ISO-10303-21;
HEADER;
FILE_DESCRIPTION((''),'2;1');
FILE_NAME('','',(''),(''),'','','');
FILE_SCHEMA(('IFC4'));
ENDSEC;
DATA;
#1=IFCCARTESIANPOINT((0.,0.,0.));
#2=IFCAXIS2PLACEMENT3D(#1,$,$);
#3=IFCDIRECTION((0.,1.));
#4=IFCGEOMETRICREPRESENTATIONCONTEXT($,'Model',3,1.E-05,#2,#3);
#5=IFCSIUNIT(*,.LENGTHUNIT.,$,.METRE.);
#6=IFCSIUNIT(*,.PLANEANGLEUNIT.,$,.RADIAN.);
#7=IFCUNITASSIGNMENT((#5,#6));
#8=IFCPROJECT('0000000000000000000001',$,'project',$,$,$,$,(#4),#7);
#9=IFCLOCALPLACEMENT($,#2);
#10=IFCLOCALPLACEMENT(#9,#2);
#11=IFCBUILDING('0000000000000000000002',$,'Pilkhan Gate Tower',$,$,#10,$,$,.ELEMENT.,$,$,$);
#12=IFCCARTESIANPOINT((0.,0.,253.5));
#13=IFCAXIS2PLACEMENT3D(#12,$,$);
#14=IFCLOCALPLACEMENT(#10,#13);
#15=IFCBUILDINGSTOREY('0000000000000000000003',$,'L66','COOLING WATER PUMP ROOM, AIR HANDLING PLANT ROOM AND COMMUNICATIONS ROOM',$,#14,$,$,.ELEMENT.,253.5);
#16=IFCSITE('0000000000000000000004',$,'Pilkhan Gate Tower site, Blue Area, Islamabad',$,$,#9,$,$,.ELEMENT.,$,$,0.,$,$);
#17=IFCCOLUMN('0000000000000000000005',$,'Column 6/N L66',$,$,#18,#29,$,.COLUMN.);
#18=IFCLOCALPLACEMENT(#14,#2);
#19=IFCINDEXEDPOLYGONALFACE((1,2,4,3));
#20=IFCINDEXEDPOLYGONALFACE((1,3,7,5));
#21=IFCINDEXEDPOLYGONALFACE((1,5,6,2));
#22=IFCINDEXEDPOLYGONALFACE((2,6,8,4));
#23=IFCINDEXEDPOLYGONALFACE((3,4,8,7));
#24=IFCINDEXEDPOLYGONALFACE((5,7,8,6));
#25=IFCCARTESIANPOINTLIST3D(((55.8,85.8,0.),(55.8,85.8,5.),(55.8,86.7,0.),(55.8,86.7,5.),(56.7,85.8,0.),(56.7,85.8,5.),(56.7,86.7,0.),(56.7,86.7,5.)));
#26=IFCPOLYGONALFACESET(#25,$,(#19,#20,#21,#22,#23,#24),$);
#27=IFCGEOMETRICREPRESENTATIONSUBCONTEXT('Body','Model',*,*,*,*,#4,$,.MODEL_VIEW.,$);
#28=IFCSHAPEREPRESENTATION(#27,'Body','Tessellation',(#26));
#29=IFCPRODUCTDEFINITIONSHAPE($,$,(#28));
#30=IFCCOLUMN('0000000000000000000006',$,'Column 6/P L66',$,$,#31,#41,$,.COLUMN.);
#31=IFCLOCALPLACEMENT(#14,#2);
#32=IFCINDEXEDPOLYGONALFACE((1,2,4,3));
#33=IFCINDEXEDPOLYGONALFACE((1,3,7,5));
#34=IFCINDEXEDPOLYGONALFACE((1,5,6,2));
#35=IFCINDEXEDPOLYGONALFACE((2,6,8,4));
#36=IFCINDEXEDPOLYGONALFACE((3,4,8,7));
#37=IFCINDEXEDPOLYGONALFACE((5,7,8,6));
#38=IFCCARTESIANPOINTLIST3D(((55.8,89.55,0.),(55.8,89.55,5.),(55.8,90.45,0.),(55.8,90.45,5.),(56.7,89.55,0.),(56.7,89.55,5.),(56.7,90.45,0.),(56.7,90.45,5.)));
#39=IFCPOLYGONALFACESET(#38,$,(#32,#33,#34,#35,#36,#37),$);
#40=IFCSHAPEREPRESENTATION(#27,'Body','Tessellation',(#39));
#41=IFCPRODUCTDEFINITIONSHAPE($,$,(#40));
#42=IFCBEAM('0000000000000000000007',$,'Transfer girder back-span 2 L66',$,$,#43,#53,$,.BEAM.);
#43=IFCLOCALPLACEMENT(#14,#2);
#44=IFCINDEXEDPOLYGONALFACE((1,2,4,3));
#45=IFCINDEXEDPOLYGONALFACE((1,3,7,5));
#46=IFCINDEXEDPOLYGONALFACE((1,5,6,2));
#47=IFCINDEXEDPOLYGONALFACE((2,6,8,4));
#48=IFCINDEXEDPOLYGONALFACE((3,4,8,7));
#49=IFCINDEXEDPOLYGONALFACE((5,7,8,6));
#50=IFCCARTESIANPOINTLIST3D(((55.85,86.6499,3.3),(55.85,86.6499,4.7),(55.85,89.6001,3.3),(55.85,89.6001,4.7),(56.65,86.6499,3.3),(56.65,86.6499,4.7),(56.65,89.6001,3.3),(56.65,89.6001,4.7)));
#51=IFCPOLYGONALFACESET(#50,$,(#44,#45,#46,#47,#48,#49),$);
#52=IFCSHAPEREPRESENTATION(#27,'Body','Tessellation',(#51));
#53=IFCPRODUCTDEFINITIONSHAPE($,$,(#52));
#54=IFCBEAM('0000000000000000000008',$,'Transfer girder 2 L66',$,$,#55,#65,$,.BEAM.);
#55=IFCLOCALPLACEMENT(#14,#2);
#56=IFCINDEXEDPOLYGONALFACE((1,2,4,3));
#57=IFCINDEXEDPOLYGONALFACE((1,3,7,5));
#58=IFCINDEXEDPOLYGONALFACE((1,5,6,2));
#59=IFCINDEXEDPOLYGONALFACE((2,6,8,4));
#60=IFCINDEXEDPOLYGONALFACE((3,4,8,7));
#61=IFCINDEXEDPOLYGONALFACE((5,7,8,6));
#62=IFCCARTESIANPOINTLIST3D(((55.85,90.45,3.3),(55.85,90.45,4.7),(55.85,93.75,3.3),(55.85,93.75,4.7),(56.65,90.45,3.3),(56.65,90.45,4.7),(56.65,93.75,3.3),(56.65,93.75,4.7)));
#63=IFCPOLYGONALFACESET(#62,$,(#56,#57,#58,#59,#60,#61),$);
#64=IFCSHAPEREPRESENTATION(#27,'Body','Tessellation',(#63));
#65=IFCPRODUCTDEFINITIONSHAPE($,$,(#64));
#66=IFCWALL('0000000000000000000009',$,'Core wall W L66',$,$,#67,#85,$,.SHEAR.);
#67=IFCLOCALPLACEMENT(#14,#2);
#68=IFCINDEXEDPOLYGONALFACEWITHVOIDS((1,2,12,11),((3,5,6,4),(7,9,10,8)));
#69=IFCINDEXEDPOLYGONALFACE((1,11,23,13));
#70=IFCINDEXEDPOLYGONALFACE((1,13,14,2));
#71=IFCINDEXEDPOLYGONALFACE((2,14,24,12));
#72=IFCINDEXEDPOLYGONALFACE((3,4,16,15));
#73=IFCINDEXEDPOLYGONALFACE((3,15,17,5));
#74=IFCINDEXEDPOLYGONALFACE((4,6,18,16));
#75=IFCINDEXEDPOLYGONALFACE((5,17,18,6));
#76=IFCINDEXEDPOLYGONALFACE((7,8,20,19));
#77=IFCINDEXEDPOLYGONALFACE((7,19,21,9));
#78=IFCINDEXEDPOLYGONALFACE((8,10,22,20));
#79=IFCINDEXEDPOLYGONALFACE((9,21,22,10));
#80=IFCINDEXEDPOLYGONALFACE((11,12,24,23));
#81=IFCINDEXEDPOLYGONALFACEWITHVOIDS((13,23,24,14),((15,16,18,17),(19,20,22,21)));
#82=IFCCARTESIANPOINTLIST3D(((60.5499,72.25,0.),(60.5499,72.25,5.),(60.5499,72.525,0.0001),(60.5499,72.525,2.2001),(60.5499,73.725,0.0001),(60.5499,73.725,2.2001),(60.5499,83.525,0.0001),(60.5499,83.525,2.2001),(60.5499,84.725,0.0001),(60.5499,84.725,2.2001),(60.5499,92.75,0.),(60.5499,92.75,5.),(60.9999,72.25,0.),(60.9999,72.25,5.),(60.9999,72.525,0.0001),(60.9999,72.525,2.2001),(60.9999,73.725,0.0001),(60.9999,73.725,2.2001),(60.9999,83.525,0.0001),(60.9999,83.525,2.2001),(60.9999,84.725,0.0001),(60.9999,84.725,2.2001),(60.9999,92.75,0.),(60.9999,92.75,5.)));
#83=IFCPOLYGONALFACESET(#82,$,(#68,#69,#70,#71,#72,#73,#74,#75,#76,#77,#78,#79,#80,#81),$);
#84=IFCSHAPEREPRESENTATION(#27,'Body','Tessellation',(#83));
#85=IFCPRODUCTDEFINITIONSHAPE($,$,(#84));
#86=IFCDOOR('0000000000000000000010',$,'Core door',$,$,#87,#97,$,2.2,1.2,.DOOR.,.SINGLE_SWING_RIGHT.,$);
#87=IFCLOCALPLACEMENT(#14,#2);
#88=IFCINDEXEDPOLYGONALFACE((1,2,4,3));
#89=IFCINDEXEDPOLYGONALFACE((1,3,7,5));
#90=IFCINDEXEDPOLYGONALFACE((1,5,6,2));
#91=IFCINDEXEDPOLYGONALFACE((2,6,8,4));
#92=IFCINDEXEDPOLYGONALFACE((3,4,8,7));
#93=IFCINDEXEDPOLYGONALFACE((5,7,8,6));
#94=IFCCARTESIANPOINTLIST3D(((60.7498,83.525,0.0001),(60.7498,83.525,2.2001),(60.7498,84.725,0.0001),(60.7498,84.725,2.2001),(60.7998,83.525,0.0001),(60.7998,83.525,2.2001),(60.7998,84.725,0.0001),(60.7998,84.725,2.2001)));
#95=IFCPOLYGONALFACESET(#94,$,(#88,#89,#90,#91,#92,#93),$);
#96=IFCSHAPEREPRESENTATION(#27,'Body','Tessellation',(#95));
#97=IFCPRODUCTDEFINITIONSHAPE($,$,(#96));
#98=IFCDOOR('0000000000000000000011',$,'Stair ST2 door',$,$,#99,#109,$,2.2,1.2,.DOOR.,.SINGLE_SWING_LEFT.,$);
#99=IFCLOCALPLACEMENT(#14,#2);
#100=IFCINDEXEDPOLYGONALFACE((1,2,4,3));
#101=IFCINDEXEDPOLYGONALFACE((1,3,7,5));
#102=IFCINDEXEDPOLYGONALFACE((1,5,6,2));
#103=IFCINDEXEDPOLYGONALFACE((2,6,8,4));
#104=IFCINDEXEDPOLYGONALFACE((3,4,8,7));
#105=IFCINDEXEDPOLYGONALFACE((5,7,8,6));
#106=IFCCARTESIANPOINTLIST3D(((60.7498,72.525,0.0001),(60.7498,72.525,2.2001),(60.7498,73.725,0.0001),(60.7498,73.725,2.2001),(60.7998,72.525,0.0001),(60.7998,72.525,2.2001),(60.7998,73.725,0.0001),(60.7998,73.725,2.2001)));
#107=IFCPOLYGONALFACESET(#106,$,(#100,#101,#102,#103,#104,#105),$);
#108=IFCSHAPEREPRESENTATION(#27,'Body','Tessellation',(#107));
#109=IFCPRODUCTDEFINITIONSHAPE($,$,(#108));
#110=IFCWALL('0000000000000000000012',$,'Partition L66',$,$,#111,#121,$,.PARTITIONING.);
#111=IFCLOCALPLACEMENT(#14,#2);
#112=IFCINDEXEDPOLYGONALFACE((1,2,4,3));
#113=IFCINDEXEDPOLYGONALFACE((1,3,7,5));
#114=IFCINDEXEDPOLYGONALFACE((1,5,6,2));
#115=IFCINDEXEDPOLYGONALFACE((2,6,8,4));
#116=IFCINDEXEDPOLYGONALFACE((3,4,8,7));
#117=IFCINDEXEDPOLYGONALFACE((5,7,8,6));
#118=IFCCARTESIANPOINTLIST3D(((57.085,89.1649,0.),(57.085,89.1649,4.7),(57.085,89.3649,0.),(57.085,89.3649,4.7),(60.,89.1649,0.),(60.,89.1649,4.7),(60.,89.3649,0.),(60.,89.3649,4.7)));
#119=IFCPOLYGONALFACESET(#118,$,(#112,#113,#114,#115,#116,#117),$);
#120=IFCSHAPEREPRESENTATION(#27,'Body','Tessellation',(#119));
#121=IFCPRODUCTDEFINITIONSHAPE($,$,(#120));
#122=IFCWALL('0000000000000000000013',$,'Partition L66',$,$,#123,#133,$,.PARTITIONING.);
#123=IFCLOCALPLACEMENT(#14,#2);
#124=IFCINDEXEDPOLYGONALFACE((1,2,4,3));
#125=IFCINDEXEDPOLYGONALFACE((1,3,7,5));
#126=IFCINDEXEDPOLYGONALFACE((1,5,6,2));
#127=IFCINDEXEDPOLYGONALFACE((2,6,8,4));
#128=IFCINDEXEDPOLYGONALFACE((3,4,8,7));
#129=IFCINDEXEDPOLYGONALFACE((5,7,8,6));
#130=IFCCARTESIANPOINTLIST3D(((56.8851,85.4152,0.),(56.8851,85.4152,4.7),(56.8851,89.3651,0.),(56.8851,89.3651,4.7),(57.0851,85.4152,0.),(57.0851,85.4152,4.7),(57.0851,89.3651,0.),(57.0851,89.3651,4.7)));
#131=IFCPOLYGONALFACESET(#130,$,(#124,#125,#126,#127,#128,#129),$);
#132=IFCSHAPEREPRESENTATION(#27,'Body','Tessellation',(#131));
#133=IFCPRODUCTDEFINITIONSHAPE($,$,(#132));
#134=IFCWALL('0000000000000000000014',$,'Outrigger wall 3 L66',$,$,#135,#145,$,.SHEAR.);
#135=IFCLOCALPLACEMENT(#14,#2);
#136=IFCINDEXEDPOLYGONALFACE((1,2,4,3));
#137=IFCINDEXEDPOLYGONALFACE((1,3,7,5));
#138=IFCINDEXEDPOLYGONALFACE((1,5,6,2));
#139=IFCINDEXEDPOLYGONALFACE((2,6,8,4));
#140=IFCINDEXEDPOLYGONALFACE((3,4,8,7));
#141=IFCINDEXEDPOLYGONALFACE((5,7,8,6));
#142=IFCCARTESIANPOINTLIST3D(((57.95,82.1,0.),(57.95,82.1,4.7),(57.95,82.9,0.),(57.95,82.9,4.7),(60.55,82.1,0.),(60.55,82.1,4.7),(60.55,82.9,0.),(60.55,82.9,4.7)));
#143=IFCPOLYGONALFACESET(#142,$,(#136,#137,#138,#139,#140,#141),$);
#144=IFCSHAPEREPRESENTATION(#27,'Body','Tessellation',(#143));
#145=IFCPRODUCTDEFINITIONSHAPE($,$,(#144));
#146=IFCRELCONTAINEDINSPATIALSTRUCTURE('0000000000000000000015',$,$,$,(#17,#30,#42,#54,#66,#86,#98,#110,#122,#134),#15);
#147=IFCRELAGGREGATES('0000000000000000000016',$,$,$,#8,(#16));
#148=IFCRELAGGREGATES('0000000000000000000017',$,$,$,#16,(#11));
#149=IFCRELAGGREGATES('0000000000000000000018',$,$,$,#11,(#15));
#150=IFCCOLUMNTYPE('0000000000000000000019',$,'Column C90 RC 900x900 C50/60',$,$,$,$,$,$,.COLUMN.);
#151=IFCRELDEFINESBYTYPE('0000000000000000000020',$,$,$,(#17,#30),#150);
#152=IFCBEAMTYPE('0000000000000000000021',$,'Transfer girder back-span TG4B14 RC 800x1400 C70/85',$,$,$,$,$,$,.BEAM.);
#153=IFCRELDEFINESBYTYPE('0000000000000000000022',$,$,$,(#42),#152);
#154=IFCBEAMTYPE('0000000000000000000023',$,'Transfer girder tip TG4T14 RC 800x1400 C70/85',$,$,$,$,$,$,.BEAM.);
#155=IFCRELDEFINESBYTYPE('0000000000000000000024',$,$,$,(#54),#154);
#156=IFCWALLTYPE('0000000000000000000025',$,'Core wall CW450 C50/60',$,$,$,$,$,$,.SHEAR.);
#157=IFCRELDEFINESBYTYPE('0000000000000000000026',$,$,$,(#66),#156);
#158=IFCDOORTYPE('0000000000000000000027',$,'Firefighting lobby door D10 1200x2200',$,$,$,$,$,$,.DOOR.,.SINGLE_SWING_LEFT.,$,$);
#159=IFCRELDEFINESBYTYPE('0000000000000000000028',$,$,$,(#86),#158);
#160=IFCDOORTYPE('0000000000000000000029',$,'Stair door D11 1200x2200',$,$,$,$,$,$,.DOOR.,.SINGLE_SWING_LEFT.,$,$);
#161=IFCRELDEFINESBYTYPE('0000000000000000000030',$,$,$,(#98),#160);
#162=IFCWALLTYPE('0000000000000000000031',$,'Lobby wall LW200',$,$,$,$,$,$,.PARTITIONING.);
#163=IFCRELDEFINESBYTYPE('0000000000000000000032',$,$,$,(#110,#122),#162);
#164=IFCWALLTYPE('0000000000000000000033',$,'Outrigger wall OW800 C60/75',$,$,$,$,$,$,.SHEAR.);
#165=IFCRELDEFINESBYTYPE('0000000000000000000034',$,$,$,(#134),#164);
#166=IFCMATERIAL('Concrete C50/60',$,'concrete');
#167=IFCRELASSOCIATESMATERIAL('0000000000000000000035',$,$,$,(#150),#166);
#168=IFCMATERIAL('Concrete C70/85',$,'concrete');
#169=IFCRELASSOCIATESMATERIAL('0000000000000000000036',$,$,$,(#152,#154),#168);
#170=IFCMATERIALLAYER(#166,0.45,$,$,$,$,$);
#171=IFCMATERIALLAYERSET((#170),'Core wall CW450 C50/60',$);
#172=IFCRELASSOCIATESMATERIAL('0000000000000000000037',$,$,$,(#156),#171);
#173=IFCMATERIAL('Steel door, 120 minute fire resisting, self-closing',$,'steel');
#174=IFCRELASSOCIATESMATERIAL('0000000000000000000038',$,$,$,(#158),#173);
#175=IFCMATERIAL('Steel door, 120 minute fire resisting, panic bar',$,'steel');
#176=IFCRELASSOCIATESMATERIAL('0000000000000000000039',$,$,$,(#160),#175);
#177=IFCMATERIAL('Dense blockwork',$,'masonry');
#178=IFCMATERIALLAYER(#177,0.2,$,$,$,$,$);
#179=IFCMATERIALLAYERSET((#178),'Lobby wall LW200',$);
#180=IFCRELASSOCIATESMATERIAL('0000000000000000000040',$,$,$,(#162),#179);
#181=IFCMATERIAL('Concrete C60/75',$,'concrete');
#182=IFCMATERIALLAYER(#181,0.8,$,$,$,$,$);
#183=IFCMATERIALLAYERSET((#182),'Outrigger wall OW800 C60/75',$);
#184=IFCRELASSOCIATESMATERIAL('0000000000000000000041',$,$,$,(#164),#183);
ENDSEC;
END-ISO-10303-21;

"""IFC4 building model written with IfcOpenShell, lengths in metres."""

from ifc_helpers import new_model, si_unit, direction, frame, frame_2d, origin, origin_2d, place, context, subcontext, project, spatial, rectangle, extrude, material, layer, layer_set, material_profile, profile_set, type_object, element, fill, save


model = new_model("IFC4")

# Units and contexts
model_context = context("Model", 3, precision=1e-05, world=origin(), true_north=direction((0.0, 1.0)))
body_context = subcontext(model_context, "Body", "Model", "MODEL_VIEW")
ifc_project = project(units=[si_unit("LENGTHUNIT", "METRE"), si_unit("PLANEANGLEUNIT", "RADIAN")], contexts=[model_context])

# Site, building, storey
site_placement = place(None, origin())
site = spatial("IfcSite", under=ifc_project, at=site_placement, Name="Pilkhan Gate Tower site, Blue Area, Islamabad", CompositionType="ELEMENT", RefElevation=0.0)
building_placement = place(site_placement, origin())
building = spatial("IfcBuilding", under=site, at=building_placement, Name="Pilkhan Gate Tower", CompositionType="ELEMENT")
storey_placement = place(building_placement, frame((0.0, 0.0, 253.5)))
storey = spatial("IfcBuildingStorey", under=building, at=storey_placement, Name="L66", Description="COOLING WATER PUMP ROOM, AIR HANDLING PLANT ROOM AND COMMUNICATIONS ROOM", CompositionType="ELEMENT", Elevation=253.5)

# Columns
ifc_material_1 = material(Name="Concrete C50/60", Category="concrete")
ifc_material_profile_1 = material_profile(ifc_material_1, rectangle(XDim=0.8999, YDim=0.8999, at=origin_2d()), Name="RC 900x900")
ifc_profile_set_1 = profile_set([ifc_material_profile_1], Name="Concrete C50/60")
column_type = type_object("IfcColumnType", Name="Column C90 RC 900x900 C50/60", PredefinedType="COLUMN", material=ifc_profile_set_1)
for number, where, z_axis, x_axis, name in (
    (1, (56.25, 86.25, 0.0), (0.0, 0.0, 1.0), (1.0, 0.0, 0.0), "Column 6/N L66"),
    (2, (56.25, 90.0, 0.0), (0.0, 0.0, 1.0), (1.0, 0.0, 0.0), "Column 6/P L66"),
):
    element("IfcColumn", number, at=place(storey_placement, frame(where, z_axis=z_axis, x_axis=x_axis)), inside=storey, type_object=column_type, Name=name, PredefinedType="COLUMN", context=body_context, shape_type="SweptSolid", body=[
        extrude(rectangle(XDim=0.8999, YDim=0.8999, at=origin_2d()), origin(), (0.0, 0.0, 1.0), 5.0),
    ])

# Beams
ifc_material_2 = material(Name="Concrete C70/85", Category="concrete")
ifc_material_profile_2 = material_profile(ifc_material_2, rectangle(XDim=0.8, YDim=1.3999, at=origin_2d()), Name="RC 800x1400")
ifc_profile_set_2 = profile_set([ifc_material_profile_2], Name="Concrete C70/85")
beam_type_1 = type_object("IfcBeamType", Name="Transfer girder back-span TG4B14 RC 800x1400 C70/85", PredefinedType="BEAM", material=ifc_profile_set_2)
beam_1_placement = place(storey_placement, frame((56.25, 89.6001, 4.0), z_axis=(0.0, -1.0, 0.0), x_axis=(1.0, 0.0, 0.0)))
element("IfcBeam", 3, at=beam_1_placement, inside=storey, type_object=beam_type_1, Name="Transfer girder back-span 2 L66", PredefinedType="BEAM", context=body_context, shape_type="SweptSolid", body=[
    extrude(rectangle(XDim=0.8, YDim=1.3999, at=origin_2d()), origin(), (0.0, 0.0, 1.0), 2.9502),
])
ifc_material_profile_3 = material_profile(ifc_material_2, rectangle(XDim=0.8, YDim=1.3999, at=origin_2d()), Name="RC 800x1400")
ifc_profile_set_3 = profile_set([ifc_material_profile_3], Name="Concrete C70/85")
beam_type_2 = type_object("IfcBeamType", Name="Transfer girder tip TG4T14 RC 800x1400 C70/85", PredefinedType="BEAM", material=ifc_profile_set_3)
beam_2_placement = place(storey_placement, frame((56.25, 93.75, 4.0), z_axis=(0.0, -1.0, 0.0), x_axis=(1.0, 0.0, 0.0)))
element("IfcBeam", 4, at=beam_2_placement, inside=storey, type_object=beam_type_2, Name="Transfer girder 2 L66", PredefinedType="BEAM", context=body_context, shape_type="SweptSolid", body=[
    extrude(rectangle(XDim=0.8, YDim=1.3999, at=origin_2d()), origin(), (0.0, 0.0, 1.0), 3.3),
])

# Wall, openings, doors
ifc_layer_1 = layer(ifc_material_1, 0.45)
ifc_layer_set_1 = layer_set([ifc_layer_1], Name="Core wall CW450 C50/60")
wall_type_1 = type_object("IfcWallType", Name="Core wall CW450 C50/60", PredefinedType="SHEAR", material=ifc_layer_set_1)
wall_1_placement = place(storey_placement, frame((60.7749, 92.75, 0.0), z_axis=(0.0, 0.0, 1.0), x_axis=(0.0, -1.0, 0.0)))
wall_1 = element("IfcWall", 5, at=wall_1_placement, inside=storey, type_object=wall_type_1, Name="Core wall W L66", PredefinedType="SHEAR", context=body_context, shape_type="SweptSolid", body=[
    extrude(rectangle(XDim=20.5, YDim=0.45, at=frame_2d((10.25, 0.0))), origin(), (0.0, 0.0, 1.0), 5.0),
])
opening_1_placement = place(wall_1_placement, frame((19.0249, 0.0, 0.0)))
opening_1 = element("IfcOpeningElement", 6, at=opening_1_placement, cuts=wall_1, PredefinedType="OPENING", context=body_context, shape_type="SweptSolid", body=[
    extrude(rectangle(XDim=1.2, YDim=2.2, at=frame_2d((0.6001, 1.1001))), frame((0.0, 0.2349, 0.0), z_axis=(0.0, -1.0, 0.0), x_axis=(1.0, 0.0, 0.0)), (0.0, 0.0, 1.0), 0.47),
])
opening_2_placement = place(wall_1_placement, frame((8.0249, 0.0, 0.0)))
opening_2 = element("IfcOpeningElement", 7, at=opening_2_placement, cuts=wall_1, PredefinedType="OPENING", context=body_context, shape_type="SweptSolid", body=[
    extrude(rectangle(XDim=1.2, YDim=2.2, at=frame_2d((0.6001, 1.1001))), frame((0.0, 0.2349, 0.0), z_axis=(0.0, -1.0, 0.0), x_axis=(1.0, 0.0, 0.0)), (0.0, 0.0, 1.0), 0.47),
])
ifc_material_3 = material(Name="Steel door, 120 minute fire resisting, self-closing", Category="steel")
door_type_1 = type_object("IfcDoorType", Name="Firefighting lobby door D10 1200x2200", OperationType="SINGLE_SWING_LEFT", PredefinedType="DOOR", material=ifc_material_3)
door_1_placement = place(opening_2_placement, origin())
door_1 = element("IfcDoor", 8, at=door_1_placement, inside=storey, type_object=door_type_1, Name="Core door", OperationType="SINGLE_SWING_RIGHT", OverallHeight=2.2, OverallWidth=1.2, PredefinedType="DOOR", context=body_context, shape_type="SweptSolid", body=[
    extrude(rectangle(XDim=1.2, YDim=2.2, at=frame_2d((0.6001, 1.1001))), frame((0.0, 0.0249, 0.0), z_axis=(0.0, -1.0, 0.0), x_axis=(1.0, 0.0, 0.0)), (0.0, 0.0, 1.0), 0.05),
])
fill(opening_2, door_1)
ifc_material_4 = material(Name="Steel door, 120 minute fire resisting, panic bar", Category="steel")
door_type_2 = type_object("IfcDoorType", Name="Stair door D11 1200x2200", OperationType="SINGLE_SWING_LEFT", PredefinedType="DOOR", material=ifc_material_4)
door_2_placement = place(opening_1_placement, origin())
door_2 = element("IfcDoor", 9, at=door_2_placement, inside=storey, type_object=door_type_2, Name="Stair ST2 door", OperationType="SINGLE_SWING_LEFT", OverallHeight=2.2, OverallWidth=1.2, PredefinedType="DOOR", context=body_context, shape_type="SweptSolid", body=[
    extrude(rectangle(XDim=1.2, YDim=2.2, at=frame_2d((0.6001, 1.1001))), frame((0.0, 0.0249, 0.0), z_axis=(0.0, -1.0, 0.0), x_axis=(1.0, 0.0, 0.0)), (0.0, 0.0, 1.0), 0.05),
])
fill(opening_1, door_2)

# Walls
ifc_material_5 = material(Name="Dense blockwork", Category="masonry")
ifc_layer_2 = layer(ifc_material_5, 0.2)
ifc_layer_set_2 = layer_set([ifc_layer_2], Name="Lobby wall LW200")
wall_type_2 = type_object("IfcWallType", Name="Lobby wall LW200", PredefinedType="PARTITIONING", material=ifc_layer_set_2)
wall_2_placement = place(storey_placement, frame((57.085, 89.2649, 0.0), z_axis=(0.0, 0.0, 1.0), x_axis=(1.0, 0.0, 0.0)))
element("IfcWall", 10, at=wall_2_placement, inside=storey, type_object=wall_type_2, Name="Partition L66", PredefinedType="PARTITIONING", context=body_context, shape_type="SweptSolid", body=[
    extrude(rectangle(XDim=2.915, YDim=0.2, at=frame_2d((1.4575, 0.0))), origin(), (0.0, 0.0, 1.0), 4.7),
])
wall_3_placement = place(storey_placement, frame((56.9851, 85.415, 0.0), z_axis=(0.0, 0.0, 1.0), x_axis=(0.0, 1.0, 0.0)))
element("IfcWall", 11, at=wall_3_placement, inside=storey, type_object=wall_type_2, Name="Partition L66", PredefinedType="PARTITIONING", context=body_context, shape_type="SweptSolid", body=[
    extrude(rectangle(XDim=3.95, YDim=0.2, at=frame_2d((1.9751, 0.0))), origin(), (0.0, 0.0, 1.0), 4.7),
])
ifc_material_6 = material(Name="Concrete C60/75", Category="concrete")
ifc_layer_3 = layer(ifc_material_6, 0.8)
ifc_layer_set_3 = layer_set([ifc_layer_3], Name="Outrigger wall OW800 C60/75")
wall_type_3 = type_object("IfcWallType", Name="Outrigger wall OW800 C60/75", PredefinedType="SHEAR", material=ifc_layer_set_3)
wall_4_placement = place(storey_placement, frame((57.95, 82.5, 0.0), z_axis=(0.0, 0.0, 1.0), x_axis=(1.0, 0.0, 0.0)))
element("IfcWall", 12, at=wall_4_placement, inside=storey, type_object=wall_type_3, Name="Outrigger wall 3 L66", PredefinedType="SHEAR", context=body_context, shape_type="SweptSolid", body=[
    extrude(rectangle(XDim=2.6001, YDim=0.8, at=frame_2d((1.3, 0.0))), origin(), (0.0, 0.0, 1.0), 4.7),
])

save(model, "model.ifc")
